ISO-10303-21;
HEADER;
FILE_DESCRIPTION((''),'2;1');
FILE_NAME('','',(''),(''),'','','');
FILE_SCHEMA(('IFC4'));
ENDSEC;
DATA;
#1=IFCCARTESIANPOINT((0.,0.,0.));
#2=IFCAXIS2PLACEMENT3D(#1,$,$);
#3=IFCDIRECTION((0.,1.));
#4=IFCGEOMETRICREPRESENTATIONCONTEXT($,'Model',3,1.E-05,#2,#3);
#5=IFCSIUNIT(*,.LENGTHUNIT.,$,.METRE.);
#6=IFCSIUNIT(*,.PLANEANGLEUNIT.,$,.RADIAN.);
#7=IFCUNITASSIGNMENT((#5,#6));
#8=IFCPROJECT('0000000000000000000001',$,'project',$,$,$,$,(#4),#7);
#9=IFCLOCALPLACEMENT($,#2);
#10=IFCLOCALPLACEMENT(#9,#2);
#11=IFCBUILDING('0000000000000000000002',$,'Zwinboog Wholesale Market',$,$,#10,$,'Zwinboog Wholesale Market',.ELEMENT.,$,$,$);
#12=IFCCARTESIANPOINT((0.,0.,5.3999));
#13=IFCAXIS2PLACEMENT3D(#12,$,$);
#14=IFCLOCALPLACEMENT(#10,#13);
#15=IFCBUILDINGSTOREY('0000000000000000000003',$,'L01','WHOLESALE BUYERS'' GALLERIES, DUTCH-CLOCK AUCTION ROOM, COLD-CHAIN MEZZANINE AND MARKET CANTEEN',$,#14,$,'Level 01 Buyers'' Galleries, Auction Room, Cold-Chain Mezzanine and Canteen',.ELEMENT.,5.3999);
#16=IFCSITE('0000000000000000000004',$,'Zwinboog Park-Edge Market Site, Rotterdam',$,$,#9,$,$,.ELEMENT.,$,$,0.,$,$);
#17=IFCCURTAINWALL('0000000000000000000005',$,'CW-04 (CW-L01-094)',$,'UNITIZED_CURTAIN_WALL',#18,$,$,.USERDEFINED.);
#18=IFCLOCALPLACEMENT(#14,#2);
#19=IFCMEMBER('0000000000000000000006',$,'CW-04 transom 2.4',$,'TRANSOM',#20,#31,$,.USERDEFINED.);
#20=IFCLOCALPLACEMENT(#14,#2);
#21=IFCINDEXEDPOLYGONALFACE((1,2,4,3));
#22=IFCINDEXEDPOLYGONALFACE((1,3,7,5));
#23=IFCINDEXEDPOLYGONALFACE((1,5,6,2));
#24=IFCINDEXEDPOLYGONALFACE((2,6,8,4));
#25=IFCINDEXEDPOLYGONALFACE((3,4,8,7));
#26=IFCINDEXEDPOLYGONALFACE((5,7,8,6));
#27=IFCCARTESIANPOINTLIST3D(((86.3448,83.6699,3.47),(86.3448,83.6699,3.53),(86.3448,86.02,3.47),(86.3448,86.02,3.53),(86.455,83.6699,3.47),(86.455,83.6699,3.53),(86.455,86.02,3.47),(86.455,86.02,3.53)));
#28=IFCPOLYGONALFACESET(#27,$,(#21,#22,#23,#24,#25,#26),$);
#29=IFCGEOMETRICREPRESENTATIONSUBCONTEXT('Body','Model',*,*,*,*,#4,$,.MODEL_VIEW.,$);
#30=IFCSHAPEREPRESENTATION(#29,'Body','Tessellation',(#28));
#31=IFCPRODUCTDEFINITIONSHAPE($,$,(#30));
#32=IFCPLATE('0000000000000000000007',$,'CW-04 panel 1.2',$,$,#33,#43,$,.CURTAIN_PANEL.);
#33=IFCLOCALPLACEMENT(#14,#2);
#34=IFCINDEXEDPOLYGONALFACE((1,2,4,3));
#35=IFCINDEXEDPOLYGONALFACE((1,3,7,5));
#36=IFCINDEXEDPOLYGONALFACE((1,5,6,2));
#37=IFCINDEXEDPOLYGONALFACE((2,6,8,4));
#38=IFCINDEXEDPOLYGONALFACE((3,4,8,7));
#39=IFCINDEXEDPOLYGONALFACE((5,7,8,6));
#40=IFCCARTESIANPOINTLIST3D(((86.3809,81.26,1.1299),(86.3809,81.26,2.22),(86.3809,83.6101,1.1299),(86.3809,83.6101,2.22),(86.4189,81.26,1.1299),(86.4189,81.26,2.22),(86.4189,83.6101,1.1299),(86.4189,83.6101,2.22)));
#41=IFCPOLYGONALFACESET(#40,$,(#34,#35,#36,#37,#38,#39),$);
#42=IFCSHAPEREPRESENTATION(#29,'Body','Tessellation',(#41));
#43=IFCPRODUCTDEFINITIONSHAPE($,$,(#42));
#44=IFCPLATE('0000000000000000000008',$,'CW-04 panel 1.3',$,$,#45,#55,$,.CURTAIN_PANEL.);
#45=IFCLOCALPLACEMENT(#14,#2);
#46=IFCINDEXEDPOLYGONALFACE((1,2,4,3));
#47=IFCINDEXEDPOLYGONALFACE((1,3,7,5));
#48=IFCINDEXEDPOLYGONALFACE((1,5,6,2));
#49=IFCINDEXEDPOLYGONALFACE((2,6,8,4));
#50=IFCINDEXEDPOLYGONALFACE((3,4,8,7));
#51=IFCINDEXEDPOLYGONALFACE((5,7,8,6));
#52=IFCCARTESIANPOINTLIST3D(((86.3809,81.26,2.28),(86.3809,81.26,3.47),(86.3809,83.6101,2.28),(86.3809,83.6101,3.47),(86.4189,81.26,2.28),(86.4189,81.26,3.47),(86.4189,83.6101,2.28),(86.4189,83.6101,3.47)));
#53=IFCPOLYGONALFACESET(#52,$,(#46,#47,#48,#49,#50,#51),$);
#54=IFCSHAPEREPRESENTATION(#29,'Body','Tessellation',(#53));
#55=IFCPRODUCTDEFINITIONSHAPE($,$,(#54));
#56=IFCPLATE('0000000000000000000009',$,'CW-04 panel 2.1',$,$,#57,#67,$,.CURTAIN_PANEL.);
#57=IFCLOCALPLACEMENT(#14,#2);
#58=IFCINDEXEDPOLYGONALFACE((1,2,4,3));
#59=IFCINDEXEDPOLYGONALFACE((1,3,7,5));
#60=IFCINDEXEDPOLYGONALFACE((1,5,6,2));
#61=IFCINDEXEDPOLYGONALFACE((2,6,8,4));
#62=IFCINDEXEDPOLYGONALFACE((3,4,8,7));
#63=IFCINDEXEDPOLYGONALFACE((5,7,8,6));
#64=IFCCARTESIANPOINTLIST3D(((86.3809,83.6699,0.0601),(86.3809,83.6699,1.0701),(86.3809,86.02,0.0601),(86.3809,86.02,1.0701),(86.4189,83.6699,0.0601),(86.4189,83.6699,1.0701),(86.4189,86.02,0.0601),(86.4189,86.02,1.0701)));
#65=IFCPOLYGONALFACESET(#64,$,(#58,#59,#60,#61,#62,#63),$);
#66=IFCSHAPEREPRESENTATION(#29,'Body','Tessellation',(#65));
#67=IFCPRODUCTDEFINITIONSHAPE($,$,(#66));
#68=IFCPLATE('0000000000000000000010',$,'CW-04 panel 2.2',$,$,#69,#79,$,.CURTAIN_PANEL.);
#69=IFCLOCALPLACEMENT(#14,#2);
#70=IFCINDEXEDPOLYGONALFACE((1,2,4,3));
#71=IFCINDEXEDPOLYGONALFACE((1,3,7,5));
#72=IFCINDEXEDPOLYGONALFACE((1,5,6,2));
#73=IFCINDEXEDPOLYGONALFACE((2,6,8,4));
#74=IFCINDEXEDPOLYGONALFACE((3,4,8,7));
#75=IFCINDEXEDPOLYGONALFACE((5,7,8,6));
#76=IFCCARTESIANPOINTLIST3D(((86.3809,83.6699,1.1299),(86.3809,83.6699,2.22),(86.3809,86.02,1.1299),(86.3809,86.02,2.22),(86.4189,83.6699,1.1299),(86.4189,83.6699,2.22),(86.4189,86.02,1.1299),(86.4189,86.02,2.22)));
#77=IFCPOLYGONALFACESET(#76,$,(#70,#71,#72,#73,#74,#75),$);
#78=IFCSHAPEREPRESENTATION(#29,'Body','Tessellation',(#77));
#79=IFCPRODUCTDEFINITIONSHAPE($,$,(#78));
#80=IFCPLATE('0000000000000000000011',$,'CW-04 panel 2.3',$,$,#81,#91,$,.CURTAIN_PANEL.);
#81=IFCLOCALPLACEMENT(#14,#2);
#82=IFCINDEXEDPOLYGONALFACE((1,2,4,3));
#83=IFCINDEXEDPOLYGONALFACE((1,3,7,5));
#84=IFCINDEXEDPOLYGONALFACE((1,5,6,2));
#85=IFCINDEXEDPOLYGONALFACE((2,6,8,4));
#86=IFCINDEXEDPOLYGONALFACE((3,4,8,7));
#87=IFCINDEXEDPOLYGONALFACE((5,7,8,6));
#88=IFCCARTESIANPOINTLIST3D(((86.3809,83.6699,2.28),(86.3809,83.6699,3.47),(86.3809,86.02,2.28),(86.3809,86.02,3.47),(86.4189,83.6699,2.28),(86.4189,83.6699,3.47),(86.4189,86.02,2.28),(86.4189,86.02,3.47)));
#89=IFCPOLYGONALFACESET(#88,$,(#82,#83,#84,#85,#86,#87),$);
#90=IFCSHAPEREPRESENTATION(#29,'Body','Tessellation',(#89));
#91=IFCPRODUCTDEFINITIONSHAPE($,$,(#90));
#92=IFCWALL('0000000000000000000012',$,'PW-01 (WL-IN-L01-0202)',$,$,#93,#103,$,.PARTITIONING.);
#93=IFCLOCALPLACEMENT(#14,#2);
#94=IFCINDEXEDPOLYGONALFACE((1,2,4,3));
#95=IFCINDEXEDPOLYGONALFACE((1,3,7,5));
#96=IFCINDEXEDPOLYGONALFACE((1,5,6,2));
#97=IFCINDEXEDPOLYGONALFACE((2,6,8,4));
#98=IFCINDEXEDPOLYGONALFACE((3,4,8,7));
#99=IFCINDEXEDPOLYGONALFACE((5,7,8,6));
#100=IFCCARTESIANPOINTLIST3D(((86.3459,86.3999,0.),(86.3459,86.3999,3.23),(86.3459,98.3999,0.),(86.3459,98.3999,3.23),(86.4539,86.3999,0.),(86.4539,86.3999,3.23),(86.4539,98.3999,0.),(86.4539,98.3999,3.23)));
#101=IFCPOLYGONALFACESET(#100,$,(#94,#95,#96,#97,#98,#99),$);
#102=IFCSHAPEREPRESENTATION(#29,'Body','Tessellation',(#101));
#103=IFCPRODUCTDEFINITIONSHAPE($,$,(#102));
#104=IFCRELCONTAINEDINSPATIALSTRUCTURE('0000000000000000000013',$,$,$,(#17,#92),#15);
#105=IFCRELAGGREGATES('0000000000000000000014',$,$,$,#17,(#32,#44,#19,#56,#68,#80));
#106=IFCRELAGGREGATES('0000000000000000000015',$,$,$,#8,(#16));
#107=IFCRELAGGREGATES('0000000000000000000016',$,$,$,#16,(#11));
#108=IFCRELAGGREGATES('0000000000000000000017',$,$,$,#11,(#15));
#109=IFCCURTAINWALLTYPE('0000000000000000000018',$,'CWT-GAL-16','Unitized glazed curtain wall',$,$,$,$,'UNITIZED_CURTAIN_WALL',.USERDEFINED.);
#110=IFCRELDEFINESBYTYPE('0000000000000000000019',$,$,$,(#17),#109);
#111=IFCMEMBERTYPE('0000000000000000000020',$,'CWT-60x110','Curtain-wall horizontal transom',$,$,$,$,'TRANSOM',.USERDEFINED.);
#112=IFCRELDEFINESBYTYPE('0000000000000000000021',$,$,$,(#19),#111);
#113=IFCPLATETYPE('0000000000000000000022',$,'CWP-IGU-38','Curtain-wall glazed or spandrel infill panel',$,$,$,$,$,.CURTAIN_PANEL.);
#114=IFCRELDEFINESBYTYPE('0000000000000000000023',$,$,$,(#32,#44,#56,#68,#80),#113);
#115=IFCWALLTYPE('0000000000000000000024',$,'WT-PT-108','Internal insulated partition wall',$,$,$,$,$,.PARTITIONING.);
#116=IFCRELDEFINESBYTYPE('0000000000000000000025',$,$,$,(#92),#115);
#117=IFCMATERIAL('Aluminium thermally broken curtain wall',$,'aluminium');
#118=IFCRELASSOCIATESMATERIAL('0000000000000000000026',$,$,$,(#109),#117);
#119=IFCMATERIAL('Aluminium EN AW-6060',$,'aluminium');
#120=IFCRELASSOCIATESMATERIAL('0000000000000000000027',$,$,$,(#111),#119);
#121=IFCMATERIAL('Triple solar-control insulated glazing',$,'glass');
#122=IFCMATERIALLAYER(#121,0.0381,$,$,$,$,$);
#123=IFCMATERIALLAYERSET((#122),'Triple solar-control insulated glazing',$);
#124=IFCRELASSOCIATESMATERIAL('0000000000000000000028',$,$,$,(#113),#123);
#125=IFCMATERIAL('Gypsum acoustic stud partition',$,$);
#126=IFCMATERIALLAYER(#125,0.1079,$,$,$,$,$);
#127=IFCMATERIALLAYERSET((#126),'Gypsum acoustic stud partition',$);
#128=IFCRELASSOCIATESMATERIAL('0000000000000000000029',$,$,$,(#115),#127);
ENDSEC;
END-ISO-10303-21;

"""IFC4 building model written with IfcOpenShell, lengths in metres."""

from ifc_helpers import new_model, si_unit, direction, frame, frame_2d, origin, origin_2d, place, context, subcontext, project, spatial, rectangle, extrude, material, layer, layer_set, material_profile, profile_set, type_object, element, aggregate, save


model = new_model("IFC4")

# Units and contexts
model_context = context("Model", 3, precision=1e-05, world=origin(), true_north=direction((0.0, 1.0)))
body_context = subcontext(model_context, "Body", "Model", "MODEL_VIEW")
ifc_project = project(units=[si_unit("LENGTHUNIT", "METRE"), si_unit("PLANEANGLEUNIT", "RADIAN")], contexts=[model_context])

# Site, building, storey
site_placement = place(None, origin())
site = spatial("IfcSite", under=ifc_project, at=site_placement, Name="Zwinboog Park-Edge Market Site, Rotterdam", CompositionType="ELEMENT", RefElevation=0.0)
building_placement = place(site_placement, origin())
building = spatial("IfcBuilding", under=site, at=building_placement, Name="Zwinboog Wholesale Market", LongName="Zwinboog Wholesale Market", CompositionType="ELEMENT")
storey_placement = place(building_placement, frame((0.0, 0.0, 5.3999)))
storey = spatial("IfcBuildingStorey", under=building, at=storey_placement, Name="L01", Description="WHOLESALE BUYERS' GALLERIES, DUTCH-CLOCK AUCTION ROOM, COLD-CHAIN MEZZANINE AND MARKET CANTEEN", LongName="Level 01 Buyers' Galleries, Auction Room, Cold-Chain Mezzanine and Canteen", CompositionType="ELEMENT", Elevation=5.3999)

# Shared definitions
ifc_material_1 = material(Name="Aluminium thermally broken curtain wall", Category="aluminium")
ifc_material_2 = material(Name="Aluminium EN AW-6060", Category="aluminium")

# Curtain wall
curtain_wall_type_1 = type_object("IfcCurtainWallType", Name="CWT-GAL-16", Description="Unitized glazed curtain wall", ElementType="UNITIZED_CURTAIN_WALL", PredefinedType="USERDEFINED", material=ifc_material_1)
curtain_wall_1_placement = place(storey_placement, origin())
curtain_wall_1 = element("IfcCurtainWall", 1, at=curtain_wall_1_placement, inside=storey, type_object=curtain_wall_type_1, Name="CW-04 (CW-L01-094)", ObjectType="UNITIZED_CURTAIN_WALL", PredefinedType="USERDEFINED")

# Member
ifc_material_profile_1 = material_profile(ifc_material_2, rectangle(XDim=0.1101, YDim=0.0601, at=origin_2d()), Name="AL 60x110")
ifc_profile_set_1 = profile_set([ifc_material_profile_1], Name="Aluminium EN AW-6060")
member_type_1 = type_object("IfcMemberType", Name="CWT-60x110", Description="Curtain-wall horizontal transom", ElementType="TRANSOM", PredefinedType="USERDEFINED", material=ifc_profile_set_1)
member_1_placement = place(storey_placement, frame((86.3999, 83.6699, 3.5), z_axis=(0.0, 1.0, 0.0), x_axis=(-1.0, 0.0, 0.0)))
member_1 = element("IfcMember", 2, at=member_1_placement, type_object=member_type_1, Name="CW-04 transom 2.4", ObjectType="TRANSOM", PredefinedType="USERDEFINED", context=body_context, shape_type="SweptSolid", body=[
    extrude(rectangle(XDim=0.1101, YDim=0.0601, at=origin_2d()), origin(), (0.0, 0.0, 1.0), 2.3501),
])

# Plates
ifc_material_3 = material(Name="Triple solar-control insulated glazing", Category="glass")
ifc_layer_1 = layer(ifc_material_3, 0.0381)
ifc_layer_set_1 = layer_set([ifc_layer_1], Name="Triple solar-control insulated glazing")
plate_type = type_object("IfcPlateType", Name="CWP-IGU-38", Description="Curtain-wall glazed or spandrel infill panel", PredefinedType="CURTAIN_PANEL", material=ifc_layer_set_1)
plate_1_placement = place(storey_placement, frame((86.3999, 82.4351, 1.1299), z_axis=(0.0, 0.0, 1.0), x_axis=(0.0, 1.0, 0.0)))
plate_1 = element("IfcPlate", 3, at=plate_1_placement, type_object=plate_type, Name="CW-04 panel 1.2", PredefinedType="CURTAIN_PANEL", context=body_context, shape_type="SweptSolid", body=[
    extrude(rectangle(XDim=2.3501, YDim=0.0381, at=origin_2d()), origin(), (0.0, 0.0, 1.0), 1.0901),
])
plate_2_placement = place(storey_placement, frame((86.3999, 82.4351, 2.28), z_axis=(0.0, 0.0, 1.0), x_axis=(0.0, 1.0, 0.0)))
plate_2 = element("IfcPlate", 4, at=plate_2_placement, type_object=plate_type, Name="CW-04 panel 1.3", PredefinedType="CURTAIN_PANEL", context=body_context, shape_type="SweptSolid", body=[
    extrude(rectangle(XDim=2.3501, YDim=0.0381, at=origin_2d()), origin(), (0.0, 0.0, 1.0), 1.1899),
])
plate_3_placement = place(storey_placement, frame((86.3999, 84.845, 0.0601), z_axis=(0.0, 0.0, 1.0), x_axis=(0.0, 1.0, 0.0)))
plate_3 = element("IfcPlate", 5, at=plate_3_placement, type_object=plate_type, Name="CW-04 panel 2.1", PredefinedType="CURTAIN_PANEL", context=body_context, shape_type="SweptSolid", body=[
    extrude(rectangle(XDim=2.3501, YDim=0.0381, at=origin_2d()), origin(), (0.0, 0.0, 1.0), 1.01),
])
plate_4_placement = place(storey_placement, frame((86.3999, 84.845, 1.1299), z_axis=(0.0, 0.0, 1.0), x_axis=(0.0, 1.0, 0.0)))
plate_4 = element("IfcPlate", 6, at=plate_4_placement, type_object=plate_type, Name="CW-04 panel 2.2", PredefinedType="CURTAIN_PANEL", context=body_context, shape_type="SweptSolid", body=[
    extrude(rectangle(XDim=2.3501, YDim=0.0381, at=origin_2d()), origin(), (0.0, 0.0, 1.0), 1.0901),
])
plate_5_placement = place(storey_placement, frame((86.3999, 84.845, 2.28), z_axis=(0.0, 0.0, 1.0), x_axis=(0.0, 1.0, 0.0)))
plate_5 = element("IfcPlate", 7, at=plate_5_placement, type_object=plate_type, Name="CW-04 panel 2.3", PredefinedType="CURTAIN_PANEL", context=body_context, shape_type="SweptSolid", body=[
    extrude(rectangle(XDim=2.3501, YDim=0.0381, at=origin_2d()), origin(), (0.0, 0.0, 1.0), 1.1899),
])
aggregate(curtain_wall_1, [plate_1, plate_2, member_1, plate_3, plate_4, plate_5])

# Wall
ifc_material_4 = material(Name="Gypsum acoustic stud partition")
ifc_layer_2 = layer(ifc_material_4, 0.1079)
ifc_layer_set_2 = layer_set([ifc_layer_2], Name="Gypsum acoustic stud partition")
wall_type = type_object("IfcWallType", Name="WT-PT-108", Description="Internal insulated partition wall", PredefinedType="PARTITIONING", material=ifc_layer_set_2)
wall_placement = place(storey_placement, frame((86.3999, 86.3999, 0.0), z_axis=(0.0, 0.0, 1.0), x_axis=(0.0, 1.0, 0.0)))
element("IfcWall", 8, at=wall_placement, inside=storey, type_object=wall_type, Name="PW-01 (WL-IN-L01-0202)", PredefinedType="PARTITIONING", context=body_context, shape_type="SweptSolid", body=[
    extrude(rectangle(XDim=12.0, YDim=0.1079, at=frame_2d((6.0, 0.0))), origin(), (0.0, 0.0, 1.0), 3.23),
])

save(model, "model.ifc")
